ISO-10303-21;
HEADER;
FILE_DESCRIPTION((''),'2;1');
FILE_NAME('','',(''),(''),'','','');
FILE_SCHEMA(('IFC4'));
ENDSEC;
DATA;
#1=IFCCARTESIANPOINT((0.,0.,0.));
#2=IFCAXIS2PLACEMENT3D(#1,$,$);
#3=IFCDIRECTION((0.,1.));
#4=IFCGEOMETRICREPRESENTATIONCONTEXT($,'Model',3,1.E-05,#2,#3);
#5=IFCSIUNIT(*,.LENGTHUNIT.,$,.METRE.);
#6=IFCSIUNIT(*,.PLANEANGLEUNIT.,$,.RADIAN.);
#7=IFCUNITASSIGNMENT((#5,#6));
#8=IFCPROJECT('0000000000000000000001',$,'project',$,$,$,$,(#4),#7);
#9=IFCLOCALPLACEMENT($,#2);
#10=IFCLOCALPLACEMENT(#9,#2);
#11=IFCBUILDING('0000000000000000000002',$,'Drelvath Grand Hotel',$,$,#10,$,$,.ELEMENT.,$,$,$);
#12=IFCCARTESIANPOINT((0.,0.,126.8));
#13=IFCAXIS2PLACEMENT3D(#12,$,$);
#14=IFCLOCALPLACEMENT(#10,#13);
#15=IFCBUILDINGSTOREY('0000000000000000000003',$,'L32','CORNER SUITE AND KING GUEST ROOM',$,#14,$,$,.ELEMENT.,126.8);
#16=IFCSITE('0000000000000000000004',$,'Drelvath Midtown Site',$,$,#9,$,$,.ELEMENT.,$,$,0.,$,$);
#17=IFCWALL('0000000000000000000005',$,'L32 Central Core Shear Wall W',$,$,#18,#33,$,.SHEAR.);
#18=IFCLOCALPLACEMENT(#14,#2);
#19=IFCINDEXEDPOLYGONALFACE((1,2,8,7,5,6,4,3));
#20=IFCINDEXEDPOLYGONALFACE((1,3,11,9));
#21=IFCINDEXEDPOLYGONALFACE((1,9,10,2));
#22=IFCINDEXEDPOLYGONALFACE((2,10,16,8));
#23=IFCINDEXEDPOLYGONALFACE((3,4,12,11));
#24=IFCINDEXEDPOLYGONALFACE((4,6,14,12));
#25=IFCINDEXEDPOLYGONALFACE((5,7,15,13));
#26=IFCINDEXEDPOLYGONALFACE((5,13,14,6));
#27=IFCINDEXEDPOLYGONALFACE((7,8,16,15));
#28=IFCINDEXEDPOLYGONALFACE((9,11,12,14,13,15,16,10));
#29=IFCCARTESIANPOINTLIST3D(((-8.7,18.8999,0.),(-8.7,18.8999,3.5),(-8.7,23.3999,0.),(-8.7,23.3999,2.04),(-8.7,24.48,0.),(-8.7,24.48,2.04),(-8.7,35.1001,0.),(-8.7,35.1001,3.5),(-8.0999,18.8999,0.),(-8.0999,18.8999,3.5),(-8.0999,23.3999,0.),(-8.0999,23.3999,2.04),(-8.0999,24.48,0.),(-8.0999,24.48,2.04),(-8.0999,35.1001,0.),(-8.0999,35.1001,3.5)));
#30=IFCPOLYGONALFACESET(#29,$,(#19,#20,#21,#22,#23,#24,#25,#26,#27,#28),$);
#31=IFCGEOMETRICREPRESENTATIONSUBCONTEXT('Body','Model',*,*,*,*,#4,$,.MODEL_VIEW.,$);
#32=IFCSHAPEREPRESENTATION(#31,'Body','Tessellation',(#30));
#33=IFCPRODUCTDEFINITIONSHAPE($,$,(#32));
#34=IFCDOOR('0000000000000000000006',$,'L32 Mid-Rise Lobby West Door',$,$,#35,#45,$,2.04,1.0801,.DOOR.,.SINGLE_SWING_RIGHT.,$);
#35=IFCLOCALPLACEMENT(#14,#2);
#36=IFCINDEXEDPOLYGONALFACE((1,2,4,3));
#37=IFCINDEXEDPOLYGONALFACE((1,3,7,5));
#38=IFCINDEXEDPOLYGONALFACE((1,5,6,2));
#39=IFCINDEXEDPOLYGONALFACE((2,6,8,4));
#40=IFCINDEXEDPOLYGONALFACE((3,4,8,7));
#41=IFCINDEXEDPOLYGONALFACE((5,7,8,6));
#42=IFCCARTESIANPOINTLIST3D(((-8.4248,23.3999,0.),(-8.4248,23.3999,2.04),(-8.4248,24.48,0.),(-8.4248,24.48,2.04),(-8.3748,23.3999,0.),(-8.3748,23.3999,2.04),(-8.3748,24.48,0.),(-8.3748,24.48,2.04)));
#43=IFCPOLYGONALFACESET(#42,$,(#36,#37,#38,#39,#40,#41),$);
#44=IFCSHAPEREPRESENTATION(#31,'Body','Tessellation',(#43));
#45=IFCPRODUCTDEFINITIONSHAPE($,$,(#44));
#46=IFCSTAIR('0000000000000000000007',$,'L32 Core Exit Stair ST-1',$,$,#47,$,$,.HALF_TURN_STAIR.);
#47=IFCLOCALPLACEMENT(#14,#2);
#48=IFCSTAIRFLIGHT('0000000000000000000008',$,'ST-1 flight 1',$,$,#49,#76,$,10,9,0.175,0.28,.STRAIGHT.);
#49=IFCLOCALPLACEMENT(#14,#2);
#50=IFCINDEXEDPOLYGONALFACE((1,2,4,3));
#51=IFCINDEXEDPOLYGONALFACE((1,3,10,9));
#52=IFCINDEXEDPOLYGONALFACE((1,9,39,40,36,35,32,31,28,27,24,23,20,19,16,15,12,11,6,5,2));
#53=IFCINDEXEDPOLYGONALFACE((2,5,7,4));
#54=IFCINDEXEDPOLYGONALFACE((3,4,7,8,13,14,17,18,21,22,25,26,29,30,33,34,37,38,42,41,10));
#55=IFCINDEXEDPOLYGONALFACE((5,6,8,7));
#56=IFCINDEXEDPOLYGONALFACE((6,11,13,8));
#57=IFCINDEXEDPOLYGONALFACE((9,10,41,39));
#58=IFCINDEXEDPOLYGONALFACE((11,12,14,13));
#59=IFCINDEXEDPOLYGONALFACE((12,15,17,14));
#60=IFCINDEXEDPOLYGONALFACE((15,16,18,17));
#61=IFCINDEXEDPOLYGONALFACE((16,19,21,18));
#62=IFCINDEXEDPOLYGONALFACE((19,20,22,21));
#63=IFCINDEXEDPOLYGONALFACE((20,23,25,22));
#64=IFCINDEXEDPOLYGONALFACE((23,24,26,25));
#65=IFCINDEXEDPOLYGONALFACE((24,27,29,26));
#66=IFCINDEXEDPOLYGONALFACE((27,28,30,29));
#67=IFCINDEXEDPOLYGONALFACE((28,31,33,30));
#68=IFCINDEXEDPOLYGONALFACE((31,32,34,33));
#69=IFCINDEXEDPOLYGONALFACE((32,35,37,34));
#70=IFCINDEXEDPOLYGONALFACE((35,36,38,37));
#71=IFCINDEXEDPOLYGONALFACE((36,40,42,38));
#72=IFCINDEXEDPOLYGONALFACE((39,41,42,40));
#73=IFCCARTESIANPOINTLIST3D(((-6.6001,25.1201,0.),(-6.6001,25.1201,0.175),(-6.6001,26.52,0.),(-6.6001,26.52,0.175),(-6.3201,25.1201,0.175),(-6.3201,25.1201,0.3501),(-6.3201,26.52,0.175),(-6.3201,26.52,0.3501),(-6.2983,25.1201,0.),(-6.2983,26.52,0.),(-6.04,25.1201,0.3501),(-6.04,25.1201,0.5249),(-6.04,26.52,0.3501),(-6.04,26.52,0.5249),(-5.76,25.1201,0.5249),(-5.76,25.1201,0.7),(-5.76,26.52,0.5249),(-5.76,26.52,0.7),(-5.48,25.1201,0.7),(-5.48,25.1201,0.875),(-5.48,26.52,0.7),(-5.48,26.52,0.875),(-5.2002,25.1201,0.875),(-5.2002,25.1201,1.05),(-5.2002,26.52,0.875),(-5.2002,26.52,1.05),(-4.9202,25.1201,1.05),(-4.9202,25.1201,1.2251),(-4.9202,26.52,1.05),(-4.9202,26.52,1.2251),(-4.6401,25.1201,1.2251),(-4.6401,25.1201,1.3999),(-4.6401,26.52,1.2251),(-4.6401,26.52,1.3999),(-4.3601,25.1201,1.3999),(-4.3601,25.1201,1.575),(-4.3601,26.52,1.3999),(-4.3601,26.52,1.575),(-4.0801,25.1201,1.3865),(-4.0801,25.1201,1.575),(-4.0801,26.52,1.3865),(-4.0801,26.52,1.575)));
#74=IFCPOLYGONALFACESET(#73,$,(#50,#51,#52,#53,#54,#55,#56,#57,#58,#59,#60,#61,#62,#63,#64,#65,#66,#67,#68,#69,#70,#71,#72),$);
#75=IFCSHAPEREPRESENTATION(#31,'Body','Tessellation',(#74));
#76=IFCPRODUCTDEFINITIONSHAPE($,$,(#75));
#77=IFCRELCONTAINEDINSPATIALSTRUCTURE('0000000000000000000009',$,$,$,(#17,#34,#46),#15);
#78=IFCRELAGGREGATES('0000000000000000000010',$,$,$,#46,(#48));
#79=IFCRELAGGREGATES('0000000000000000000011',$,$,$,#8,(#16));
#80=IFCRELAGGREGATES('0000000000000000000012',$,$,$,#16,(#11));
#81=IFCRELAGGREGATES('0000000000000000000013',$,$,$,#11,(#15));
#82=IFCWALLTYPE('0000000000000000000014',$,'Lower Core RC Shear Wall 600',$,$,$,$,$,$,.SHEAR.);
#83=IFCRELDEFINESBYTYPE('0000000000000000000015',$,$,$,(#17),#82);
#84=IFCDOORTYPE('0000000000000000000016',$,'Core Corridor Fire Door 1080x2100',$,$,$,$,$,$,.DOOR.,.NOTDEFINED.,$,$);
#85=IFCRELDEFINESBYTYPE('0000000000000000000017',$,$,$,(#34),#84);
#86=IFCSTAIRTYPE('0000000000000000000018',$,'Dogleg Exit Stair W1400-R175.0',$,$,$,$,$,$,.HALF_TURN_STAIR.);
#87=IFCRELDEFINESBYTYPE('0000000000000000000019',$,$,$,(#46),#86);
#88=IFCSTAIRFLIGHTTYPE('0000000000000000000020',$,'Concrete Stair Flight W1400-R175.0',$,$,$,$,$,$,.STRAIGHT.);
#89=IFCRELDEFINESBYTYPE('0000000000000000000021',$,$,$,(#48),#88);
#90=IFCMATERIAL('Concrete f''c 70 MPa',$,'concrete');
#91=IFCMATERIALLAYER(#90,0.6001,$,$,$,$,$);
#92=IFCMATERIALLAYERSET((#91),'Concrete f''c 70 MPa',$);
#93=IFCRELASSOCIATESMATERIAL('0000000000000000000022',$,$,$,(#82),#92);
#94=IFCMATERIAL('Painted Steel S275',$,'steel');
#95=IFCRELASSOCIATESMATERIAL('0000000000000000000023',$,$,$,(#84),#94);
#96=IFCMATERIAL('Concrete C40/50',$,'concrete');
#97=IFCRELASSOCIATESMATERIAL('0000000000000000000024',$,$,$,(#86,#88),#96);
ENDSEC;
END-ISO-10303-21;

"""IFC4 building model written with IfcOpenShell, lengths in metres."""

from ifc_helpers import new_model, si_unit, direction, frame, frame_2d, origin, place, context, subcontext, project, spatial, polyline, rectangle, outline, extrude, material, layer, layer_set, type_object, element, fill, aggregate, save


model = new_model("IFC4")

# Units and contexts
model_context = context("Model", 3, precision=1e-05, world=origin(), true_north=direction((0.0, 1.0)))
body_context = subcontext(model_context, "Body", "Model", "MODEL_VIEW")
ifc_project = project(units=[si_unit("LENGTHUNIT", "METRE"), si_unit("PLANEANGLEUNIT", "RADIAN")], contexts=[model_context])

# Site, building, storey
site_placement = place(None, origin())
site = spatial("IfcSite", under=ifc_project, at=site_placement, Name="Drelvath Midtown Site", CompositionType="ELEMENT", RefElevation=0.0)
building_placement = place(site_placement, origin())
building = spatial("IfcBuilding", under=site, at=building_placement, Name="Drelvath Grand Hotel", CompositionType="ELEMENT")
storey_placement = place(building_placement, frame((0.0, 0.0, 126.8)))
storey = spatial("IfcBuildingStorey", under=building, at=storey_placement, Name="L32", Description="CORNER SUITE AND KING GUEST ROOM", CompositionType="ELEMENT", Elevation=126.8)

# Shared definitions
ifc_material_1 = material(Name="Concrete f'c 70 MPa", Category="concrete")

# Shared definitions
ifc_material_2 = material(Name="Concrete C40/50", Category="concrete")
ifc_material_3 = material(Name="Painted Steel S275", Category="steel")

# Wall, opening, door
ifc_layer_1 = layer(ifc_material_1, 0.6001)
ifc_layer_set_1 = layer_set([ifc_layer_1], Name="Concrete f'c 70 MPa")
wall_type_1 = type_object("IfcWallType", Name="Lower Core RC Shear Wall 600", PredefinedType="SHEAR", material=ifc_layer_set_1)
wall_1_placement = place(storey_placement, frame((-8.3999, 18.8999, 0.0), z_axis=(0.0, 0.0, 1.0), x_axis=(0.0, 1.0, 0.0)))
wall_1 = element("IfcWall", 1, at=wall_1_placement, inside=storey, type_object=wall_type_1, Name="L32 Central Core Shear Wall W", PredefinedType="SHEAR", context=body_context, shape_type="SweptSolid", body=[
    extrude(rectangle(XDim=16.2002, YDim=0.6001, at=frame_2d((8.1001, 0.0))), origin(), (0.0, 0.0, 1.0), 3.5),
])
opening_1_placement = place(wall_1_placement, frame((4.5, 0.0, 0.0)))
opening_1 = element("IfcOpeningElement", 2, at=opening_1_placement, cuts=wall_1, PredefinedType="OPENING", context=body_context, shape_type="SweptSolid", body=[
    extrude(rectangle(XDim=1.0801, YDim=2.04, at=frame_2d((0.54, 1.02))), frame((0.0, 0.3101, 0.0), z_axis=(0.0, -1.0, 0.0), x_axis=(1.0, 0.0, 0.0)), (0.0, 0.0, 1.0), 0.6201),
])
door_type_1 = type_object("IfcDoorType", Name="Core Corridor Fire Door 1080x2100", OperationType="NOTDEFINED", PredefinedType="DOOR", material=ifc_material_3)
door_1_placement = place(opening_1_placement, origin())
door_1 = element("IfcDoor", 3, at=door_1_placement, inside=storey, type_object=door_type_1, Name="L32 Mid-Rise Lobby West Door", OperationType="SINGLE_SWING_RIGHT", OverallHeight=2.04, OverallWidth=1.0801, PredefinedType="DOOR", context=body_context, shape_type="SweptSolid", body=[
    extrude(rectangle(XDim=1.0801, YDim=2.04, at=frame_2d((0.54, 1.02))), frame((0.0, 0.0249, 0.0), z_axis=(0.0, -1.0, 0.0), x_axis=(1.0, 0.0, 0.0)), (0.0, 0.0, 1.0), 0.05),
])
fill(opening_1, door_1)

# Stair, stair flight
stair_type = type_object("IfcStairType", Name="Dogleg Exit Stair W1400-R175.0", PredefinedType="HALF_TURN_STAIR", material=ifc_material_2)
stair_placement = place(storey_placement, origin())
stair = element("IfcStair", 4, at=stair_placement, inside=storey, type_object=stair_type, Name="L32 Core Exit Stair ST-1", PredefinedType="HALF_TURN_STAIR")
stair_flight_type = type_object("IfcStairFlightType", Name="Concrete Stair Flight W1400-R175.0", PredefinedType="STRAIGHT", material=ifc_material_2)
stair_flight_placement = place(storey_placement, frame((-6.6001, 25.8201, 0.0), z_axis=(0.0, 0.0, 1.0), x_axis=(1.0, 0.0, 0.0)))
stair_flight = element("IfcStairFlight", 5, at=stair_flight_placement, type_object=stair_flight_type, Name="ST-1 flight 1", NumberOfRisers=10, NumberOfTreads=9, PredefinedType="STRAIGHT", RiserHeight=0.175, TreadLength=0.28, context=body_context, shape_type="SweptSolid", body=[
    extrude(outline(polyline([(0.0, 0.0), (0.0, 0.175), (0.28, 0.175), (0.28, 0.3501), (0.5601, 0.3501), (0.5601, 0.5249), (0.8401, 0.5249), (0.8401, 0.7), (1.1201, 0.7), (1.1201, 0.875), (1.3999, 0.875), (1.3999, 1.05), (1.6799, 1.05), (1.6799, 1.2251), (1.96, 1.2251), (1.96, 1.3999), (2.24, 1.3999), (2.24, 1.575), (2.52, 1.575), (2.52, 1.75), (2.52, 1.3865), (0.3018, 0.0), (0.0, 0.0)])), frame((0.0, 0.7, 0.0), z_axis=(0.0, -1.0, 0.0), x_axis=(1.0, 0.0, 0.0)), (0.0, 0.0, 1.0), 1.3999),
])
aggregate(stair, [stair_flight])

save(model, "model.ifc")
